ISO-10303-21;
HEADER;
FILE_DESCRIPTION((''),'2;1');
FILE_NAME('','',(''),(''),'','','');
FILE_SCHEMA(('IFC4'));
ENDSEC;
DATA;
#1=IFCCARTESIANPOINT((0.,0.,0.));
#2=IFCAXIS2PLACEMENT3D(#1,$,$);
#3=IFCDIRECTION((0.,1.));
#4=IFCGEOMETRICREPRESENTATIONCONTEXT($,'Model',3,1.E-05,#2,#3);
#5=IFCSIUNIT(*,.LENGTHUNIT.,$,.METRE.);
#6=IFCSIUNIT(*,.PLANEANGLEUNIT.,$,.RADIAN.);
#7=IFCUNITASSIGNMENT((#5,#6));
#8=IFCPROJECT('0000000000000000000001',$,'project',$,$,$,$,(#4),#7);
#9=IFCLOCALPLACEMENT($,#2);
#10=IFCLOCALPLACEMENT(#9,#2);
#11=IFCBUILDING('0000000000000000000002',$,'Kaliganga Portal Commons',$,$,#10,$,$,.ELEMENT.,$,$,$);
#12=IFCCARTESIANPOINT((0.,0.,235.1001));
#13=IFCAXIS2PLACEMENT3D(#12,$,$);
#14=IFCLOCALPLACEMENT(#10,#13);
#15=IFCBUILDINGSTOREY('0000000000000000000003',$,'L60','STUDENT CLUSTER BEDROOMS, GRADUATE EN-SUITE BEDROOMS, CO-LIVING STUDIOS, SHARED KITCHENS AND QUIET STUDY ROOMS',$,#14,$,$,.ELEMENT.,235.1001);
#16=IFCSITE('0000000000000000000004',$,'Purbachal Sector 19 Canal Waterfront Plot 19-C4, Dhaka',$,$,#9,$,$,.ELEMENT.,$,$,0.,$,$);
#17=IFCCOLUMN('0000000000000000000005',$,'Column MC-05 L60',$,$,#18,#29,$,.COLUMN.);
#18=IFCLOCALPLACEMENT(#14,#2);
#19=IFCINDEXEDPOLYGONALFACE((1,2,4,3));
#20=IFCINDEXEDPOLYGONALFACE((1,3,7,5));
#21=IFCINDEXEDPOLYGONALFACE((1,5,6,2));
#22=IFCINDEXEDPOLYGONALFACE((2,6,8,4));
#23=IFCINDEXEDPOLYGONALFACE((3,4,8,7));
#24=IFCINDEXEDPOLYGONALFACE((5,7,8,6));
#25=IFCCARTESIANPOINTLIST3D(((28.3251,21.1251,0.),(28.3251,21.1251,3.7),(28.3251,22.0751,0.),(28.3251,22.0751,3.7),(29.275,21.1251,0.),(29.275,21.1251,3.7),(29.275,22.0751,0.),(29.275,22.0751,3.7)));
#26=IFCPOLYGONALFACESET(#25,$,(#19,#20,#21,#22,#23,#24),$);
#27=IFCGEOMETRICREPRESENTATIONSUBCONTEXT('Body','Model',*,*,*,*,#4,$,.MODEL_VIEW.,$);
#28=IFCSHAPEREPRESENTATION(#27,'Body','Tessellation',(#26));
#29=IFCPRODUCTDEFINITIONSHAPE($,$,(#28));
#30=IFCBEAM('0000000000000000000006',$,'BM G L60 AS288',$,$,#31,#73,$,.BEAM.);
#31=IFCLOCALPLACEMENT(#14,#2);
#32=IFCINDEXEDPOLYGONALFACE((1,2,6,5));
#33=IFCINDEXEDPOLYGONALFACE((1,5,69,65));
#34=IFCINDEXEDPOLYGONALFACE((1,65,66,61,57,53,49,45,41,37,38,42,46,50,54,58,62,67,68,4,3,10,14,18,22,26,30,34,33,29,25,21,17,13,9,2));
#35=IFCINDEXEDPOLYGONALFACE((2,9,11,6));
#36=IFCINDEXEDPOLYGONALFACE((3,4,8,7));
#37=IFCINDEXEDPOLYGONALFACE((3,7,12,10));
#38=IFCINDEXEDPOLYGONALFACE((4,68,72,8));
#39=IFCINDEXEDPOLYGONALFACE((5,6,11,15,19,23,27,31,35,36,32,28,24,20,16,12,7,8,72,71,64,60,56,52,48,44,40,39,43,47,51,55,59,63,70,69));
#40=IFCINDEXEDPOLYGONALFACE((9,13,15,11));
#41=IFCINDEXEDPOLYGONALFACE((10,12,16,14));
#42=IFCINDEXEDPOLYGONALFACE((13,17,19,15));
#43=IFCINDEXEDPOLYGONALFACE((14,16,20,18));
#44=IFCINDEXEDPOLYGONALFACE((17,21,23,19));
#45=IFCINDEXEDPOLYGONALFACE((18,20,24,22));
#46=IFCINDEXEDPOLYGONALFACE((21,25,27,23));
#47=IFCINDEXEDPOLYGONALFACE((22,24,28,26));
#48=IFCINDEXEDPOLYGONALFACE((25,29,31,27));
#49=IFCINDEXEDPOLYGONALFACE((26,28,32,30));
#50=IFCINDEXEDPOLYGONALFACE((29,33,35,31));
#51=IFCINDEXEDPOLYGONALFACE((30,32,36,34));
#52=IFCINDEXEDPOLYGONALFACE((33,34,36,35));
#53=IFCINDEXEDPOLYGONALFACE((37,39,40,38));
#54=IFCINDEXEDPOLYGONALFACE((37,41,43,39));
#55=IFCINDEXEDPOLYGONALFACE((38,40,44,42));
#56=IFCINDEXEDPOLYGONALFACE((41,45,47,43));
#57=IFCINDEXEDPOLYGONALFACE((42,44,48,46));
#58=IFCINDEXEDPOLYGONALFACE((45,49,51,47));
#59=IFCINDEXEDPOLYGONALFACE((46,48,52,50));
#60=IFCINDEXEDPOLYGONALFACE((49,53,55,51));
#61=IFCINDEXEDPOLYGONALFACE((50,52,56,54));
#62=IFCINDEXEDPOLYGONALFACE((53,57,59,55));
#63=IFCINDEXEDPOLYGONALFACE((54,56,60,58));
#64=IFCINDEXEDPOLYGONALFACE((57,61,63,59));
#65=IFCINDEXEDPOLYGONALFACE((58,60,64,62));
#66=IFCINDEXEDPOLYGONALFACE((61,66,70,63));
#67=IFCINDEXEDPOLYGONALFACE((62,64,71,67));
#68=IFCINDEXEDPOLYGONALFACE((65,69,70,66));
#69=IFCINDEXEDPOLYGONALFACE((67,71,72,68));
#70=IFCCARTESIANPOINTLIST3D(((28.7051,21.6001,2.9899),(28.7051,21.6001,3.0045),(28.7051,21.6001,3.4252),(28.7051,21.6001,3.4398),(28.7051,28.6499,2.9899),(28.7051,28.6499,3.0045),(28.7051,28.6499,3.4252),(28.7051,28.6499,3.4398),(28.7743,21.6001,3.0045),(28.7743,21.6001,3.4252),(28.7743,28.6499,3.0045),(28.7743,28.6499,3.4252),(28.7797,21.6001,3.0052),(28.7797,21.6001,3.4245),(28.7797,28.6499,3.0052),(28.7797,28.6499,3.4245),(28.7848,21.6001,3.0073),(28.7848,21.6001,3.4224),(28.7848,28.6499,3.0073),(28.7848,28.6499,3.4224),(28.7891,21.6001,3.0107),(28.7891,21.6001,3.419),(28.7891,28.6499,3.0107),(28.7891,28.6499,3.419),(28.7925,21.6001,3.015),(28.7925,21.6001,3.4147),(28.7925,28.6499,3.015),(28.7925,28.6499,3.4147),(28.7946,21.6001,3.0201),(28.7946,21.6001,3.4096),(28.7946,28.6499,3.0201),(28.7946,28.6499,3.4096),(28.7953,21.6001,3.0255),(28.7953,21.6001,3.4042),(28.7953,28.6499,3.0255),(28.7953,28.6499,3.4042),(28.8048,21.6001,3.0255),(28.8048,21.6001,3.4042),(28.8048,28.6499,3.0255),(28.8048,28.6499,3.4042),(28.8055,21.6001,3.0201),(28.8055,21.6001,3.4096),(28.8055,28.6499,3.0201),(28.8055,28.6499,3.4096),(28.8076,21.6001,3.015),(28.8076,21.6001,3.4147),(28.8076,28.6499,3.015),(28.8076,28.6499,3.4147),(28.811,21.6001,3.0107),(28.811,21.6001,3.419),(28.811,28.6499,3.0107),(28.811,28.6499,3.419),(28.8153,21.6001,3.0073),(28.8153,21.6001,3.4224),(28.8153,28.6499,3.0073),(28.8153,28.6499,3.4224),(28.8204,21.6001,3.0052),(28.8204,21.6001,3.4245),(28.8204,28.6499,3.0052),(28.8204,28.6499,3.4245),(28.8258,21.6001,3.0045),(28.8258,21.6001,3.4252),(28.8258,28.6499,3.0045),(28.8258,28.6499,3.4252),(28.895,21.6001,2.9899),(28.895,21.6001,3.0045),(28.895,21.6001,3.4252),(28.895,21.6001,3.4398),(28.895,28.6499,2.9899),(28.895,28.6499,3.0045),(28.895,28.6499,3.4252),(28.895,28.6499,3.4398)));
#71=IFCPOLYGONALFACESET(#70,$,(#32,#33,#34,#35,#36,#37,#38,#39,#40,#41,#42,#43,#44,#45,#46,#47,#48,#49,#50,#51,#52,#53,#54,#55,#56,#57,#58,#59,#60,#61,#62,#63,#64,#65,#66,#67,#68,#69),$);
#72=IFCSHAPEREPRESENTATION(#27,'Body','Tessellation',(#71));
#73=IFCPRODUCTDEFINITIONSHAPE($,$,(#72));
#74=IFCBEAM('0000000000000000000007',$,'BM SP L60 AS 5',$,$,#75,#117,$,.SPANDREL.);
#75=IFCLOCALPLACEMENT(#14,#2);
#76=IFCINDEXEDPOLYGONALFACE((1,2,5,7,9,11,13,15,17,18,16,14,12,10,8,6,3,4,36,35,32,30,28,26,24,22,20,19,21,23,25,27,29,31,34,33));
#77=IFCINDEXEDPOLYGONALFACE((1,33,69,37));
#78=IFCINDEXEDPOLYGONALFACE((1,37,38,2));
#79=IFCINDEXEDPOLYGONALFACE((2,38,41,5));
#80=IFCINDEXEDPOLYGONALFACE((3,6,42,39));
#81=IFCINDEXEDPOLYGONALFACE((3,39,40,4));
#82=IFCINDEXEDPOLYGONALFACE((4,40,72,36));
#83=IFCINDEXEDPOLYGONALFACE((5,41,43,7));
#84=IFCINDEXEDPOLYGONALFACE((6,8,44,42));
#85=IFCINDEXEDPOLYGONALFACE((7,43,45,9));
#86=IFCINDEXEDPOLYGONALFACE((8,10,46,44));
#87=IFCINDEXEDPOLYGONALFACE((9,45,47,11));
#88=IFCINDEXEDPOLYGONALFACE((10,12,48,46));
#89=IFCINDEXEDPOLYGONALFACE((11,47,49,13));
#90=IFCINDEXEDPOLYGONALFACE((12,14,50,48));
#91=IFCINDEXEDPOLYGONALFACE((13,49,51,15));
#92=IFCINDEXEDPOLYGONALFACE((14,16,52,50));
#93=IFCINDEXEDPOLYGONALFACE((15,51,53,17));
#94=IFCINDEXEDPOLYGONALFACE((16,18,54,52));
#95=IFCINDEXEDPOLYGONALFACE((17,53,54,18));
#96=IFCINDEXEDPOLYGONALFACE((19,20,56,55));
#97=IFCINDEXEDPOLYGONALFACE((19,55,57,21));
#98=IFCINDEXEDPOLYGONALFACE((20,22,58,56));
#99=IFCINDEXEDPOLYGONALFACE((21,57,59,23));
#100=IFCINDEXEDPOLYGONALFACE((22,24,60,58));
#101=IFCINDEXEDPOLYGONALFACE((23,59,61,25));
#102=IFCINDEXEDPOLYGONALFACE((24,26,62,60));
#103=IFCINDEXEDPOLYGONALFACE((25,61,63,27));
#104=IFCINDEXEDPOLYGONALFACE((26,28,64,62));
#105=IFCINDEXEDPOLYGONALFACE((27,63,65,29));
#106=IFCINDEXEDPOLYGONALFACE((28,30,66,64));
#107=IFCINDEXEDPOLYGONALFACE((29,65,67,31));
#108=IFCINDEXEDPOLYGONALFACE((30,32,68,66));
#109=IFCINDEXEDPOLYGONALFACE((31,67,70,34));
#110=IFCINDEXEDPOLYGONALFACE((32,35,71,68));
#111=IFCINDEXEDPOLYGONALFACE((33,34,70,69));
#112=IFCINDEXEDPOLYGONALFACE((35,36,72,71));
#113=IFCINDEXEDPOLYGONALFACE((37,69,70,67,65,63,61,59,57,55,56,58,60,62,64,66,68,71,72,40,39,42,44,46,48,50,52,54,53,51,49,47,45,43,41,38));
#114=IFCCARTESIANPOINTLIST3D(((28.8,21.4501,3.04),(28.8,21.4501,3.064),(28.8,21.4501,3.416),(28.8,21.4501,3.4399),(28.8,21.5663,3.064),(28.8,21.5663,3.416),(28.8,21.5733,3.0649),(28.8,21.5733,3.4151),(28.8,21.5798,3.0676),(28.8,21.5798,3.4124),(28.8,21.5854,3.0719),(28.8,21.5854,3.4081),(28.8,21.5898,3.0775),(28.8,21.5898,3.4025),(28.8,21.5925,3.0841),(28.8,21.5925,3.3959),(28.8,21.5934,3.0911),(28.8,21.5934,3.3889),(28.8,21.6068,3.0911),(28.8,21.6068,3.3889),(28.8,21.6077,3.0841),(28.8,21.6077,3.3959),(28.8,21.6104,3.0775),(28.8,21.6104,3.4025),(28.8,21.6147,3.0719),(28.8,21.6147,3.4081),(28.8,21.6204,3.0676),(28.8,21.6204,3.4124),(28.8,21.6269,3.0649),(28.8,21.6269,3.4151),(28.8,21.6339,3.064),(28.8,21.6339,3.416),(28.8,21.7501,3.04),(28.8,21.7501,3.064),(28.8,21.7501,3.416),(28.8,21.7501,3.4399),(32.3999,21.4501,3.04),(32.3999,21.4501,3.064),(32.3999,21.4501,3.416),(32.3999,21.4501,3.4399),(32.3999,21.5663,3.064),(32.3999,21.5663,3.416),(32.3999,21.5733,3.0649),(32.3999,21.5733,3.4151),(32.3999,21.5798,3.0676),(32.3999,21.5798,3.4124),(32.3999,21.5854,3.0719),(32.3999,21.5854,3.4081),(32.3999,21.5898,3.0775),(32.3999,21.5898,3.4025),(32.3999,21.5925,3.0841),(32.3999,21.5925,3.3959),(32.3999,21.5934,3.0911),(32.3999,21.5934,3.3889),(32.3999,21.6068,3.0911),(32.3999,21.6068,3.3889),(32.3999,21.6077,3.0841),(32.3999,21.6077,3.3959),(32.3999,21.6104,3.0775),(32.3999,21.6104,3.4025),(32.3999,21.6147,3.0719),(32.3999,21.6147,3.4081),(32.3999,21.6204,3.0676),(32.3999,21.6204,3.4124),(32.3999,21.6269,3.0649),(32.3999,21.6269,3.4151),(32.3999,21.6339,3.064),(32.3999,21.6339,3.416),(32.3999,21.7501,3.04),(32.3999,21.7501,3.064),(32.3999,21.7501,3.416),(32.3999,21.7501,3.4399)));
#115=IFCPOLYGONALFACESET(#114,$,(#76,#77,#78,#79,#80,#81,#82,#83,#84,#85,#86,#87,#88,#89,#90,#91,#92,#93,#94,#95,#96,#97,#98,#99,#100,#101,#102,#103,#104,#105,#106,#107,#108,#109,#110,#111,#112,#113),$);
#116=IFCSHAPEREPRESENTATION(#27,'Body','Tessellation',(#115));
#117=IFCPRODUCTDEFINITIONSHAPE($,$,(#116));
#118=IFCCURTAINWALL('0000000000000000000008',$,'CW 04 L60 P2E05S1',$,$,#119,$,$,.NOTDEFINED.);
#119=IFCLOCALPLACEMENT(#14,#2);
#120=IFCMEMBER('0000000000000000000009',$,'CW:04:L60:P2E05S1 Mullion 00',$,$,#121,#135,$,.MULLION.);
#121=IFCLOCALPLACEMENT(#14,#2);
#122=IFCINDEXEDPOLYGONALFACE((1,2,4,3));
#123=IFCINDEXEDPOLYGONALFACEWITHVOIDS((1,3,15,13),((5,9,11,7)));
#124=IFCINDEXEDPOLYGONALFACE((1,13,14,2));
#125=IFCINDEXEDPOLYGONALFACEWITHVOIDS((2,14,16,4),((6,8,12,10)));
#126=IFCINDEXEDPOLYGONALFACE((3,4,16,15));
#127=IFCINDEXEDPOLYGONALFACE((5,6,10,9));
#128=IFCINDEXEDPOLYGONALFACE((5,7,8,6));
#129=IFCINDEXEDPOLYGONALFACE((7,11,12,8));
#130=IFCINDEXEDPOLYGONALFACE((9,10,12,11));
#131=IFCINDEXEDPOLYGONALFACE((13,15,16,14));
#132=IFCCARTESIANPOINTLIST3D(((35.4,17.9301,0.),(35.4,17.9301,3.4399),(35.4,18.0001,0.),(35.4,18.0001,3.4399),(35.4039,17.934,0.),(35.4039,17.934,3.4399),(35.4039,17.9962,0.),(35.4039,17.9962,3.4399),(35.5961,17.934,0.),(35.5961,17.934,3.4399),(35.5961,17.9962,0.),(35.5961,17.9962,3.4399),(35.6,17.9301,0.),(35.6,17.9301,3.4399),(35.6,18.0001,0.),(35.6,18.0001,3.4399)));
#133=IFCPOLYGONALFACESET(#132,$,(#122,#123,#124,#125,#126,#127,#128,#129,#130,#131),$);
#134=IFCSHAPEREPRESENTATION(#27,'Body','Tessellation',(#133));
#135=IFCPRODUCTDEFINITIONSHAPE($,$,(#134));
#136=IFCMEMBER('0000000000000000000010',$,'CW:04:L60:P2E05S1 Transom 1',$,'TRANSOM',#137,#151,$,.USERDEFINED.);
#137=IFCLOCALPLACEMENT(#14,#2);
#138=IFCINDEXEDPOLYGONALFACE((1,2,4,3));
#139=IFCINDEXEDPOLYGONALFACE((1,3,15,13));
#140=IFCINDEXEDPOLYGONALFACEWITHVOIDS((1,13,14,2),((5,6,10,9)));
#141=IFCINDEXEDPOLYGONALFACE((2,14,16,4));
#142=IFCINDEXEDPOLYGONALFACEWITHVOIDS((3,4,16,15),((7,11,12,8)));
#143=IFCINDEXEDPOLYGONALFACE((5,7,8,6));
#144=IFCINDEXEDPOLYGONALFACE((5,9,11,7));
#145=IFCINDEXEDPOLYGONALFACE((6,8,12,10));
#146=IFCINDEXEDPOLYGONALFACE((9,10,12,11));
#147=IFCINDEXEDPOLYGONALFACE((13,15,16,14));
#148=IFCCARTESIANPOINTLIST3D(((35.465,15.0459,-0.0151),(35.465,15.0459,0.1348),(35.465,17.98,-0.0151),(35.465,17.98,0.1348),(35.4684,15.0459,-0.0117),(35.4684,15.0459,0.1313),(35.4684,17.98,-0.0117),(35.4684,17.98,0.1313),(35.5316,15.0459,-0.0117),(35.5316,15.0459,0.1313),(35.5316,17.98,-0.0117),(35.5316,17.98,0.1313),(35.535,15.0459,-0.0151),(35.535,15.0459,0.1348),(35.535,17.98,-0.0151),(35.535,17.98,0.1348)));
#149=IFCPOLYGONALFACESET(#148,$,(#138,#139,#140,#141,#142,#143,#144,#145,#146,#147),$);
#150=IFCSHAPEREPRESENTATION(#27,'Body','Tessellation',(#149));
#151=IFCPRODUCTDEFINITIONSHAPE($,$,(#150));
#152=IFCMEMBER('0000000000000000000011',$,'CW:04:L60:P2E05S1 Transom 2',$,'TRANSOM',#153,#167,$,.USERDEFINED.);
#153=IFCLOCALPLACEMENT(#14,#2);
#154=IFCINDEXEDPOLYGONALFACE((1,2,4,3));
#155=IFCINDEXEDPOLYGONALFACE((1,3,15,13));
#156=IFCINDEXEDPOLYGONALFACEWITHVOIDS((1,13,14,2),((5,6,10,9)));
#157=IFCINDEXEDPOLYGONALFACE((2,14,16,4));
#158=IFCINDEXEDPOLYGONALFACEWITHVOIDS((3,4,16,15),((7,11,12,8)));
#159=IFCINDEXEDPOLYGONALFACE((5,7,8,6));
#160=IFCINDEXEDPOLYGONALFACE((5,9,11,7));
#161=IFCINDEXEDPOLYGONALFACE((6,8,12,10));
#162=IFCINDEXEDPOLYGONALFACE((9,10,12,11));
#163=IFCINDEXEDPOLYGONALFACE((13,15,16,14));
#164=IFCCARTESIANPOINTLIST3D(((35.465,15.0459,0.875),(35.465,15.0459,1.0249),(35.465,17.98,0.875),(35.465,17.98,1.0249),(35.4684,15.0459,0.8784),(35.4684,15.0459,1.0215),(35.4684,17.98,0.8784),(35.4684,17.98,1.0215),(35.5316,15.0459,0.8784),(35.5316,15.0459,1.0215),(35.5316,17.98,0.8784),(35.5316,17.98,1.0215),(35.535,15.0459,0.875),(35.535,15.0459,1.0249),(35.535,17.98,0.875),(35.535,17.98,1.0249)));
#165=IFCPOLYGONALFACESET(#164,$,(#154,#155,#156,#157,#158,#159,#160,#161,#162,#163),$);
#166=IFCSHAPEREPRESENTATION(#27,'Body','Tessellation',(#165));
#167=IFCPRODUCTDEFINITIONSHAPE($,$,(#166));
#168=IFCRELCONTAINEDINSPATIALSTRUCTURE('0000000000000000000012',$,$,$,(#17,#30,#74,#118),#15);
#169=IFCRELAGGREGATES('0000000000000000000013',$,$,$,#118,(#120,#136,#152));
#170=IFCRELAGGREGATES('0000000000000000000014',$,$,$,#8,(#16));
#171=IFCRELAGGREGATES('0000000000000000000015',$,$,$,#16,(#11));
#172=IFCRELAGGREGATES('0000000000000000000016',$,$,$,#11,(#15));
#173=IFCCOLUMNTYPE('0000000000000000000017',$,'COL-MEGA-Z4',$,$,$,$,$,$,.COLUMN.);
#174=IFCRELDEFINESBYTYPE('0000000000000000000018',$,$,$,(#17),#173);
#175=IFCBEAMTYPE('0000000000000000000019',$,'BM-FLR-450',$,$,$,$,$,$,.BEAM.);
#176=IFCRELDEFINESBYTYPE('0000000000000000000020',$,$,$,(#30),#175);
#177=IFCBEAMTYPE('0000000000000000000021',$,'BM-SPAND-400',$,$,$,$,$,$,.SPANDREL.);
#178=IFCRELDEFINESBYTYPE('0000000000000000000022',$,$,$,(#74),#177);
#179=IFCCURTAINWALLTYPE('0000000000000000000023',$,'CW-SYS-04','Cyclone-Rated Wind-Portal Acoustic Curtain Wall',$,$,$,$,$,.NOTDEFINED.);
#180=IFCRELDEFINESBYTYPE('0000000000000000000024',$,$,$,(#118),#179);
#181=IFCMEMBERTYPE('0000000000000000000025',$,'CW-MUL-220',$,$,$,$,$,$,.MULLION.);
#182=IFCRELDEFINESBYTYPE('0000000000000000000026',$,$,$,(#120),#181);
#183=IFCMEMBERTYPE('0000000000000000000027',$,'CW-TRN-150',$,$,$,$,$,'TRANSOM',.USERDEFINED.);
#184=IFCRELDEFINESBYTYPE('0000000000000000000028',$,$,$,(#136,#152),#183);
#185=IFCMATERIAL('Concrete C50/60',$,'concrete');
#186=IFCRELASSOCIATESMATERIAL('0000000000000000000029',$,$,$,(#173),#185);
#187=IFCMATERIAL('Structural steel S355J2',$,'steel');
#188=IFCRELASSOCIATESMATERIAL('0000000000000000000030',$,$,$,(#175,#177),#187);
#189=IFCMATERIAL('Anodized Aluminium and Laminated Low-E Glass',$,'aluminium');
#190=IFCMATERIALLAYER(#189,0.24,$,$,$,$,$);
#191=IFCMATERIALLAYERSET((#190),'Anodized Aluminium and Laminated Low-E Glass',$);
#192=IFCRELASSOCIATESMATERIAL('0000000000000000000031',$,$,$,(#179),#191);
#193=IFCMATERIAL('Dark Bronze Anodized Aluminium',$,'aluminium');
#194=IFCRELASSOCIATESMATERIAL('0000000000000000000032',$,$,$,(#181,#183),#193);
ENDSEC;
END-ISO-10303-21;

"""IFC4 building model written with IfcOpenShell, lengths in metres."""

from ifc_helpers import new_model, si_unit, direction, frame, origin, origin_2d, place, context, subcontext, project, spatial, rectangle, hollow_rectangle, i_section, extrude, source, transform, mapped, material, layer, layer_set, material_profile, profile_set, type_object, element, aggregate, save


model = new_model("IFC4")

# Units and contexts
model_context = context("Model", 3, precision=1e-05, world=origin(), true_north=direction((0.0, 1.0)))
body_context = subcontext(model_context, "Body", "Model", "MODEL_VIEW")
ifc_project = project(units=[si_unit("LENGTHUNIT", "METRE"), si_unit("PLANEANGLEUNIT", "RADIAN")], contexts=[model_context])

# Site, building, storey
site_placement = place(None, origin())
site = spatial("IfcSite", under=ifc_project, at=site_placement, Name="Purbachal Sector 19 Canal Waterfront Plot 19-C4, Dhaka", CompositionType="ELEMENT", RefElevation=0.0)
building_placement = place(site_placement, origin())
building = spatial("IfcBuilding", under=site, at=building_placement, Name="Kaliganga Portal Commons", CompositionType="ELEMENT")
storey_placement = place(building_placement, frame((0.0, 0.0, 235.1001)))
storey = spatial("IfcBuildingStorey", under=building, at=storey_placement, Name="L60", Description="STUDENT CLUSTER BEDROOMS, GRADUATE EN-SUITE BEDROOMS, CO-LIVING STUDIOS, SHARED KITCHENS AND QUIET STUDY ROOMS", CompositionType="ELEMENT", Elevation=235.1001)

# Column
ifc_material_1 = material(Name="Concrete C50/60", Category="concrete")
ifc_material_profile_1 = material_profile(ifc_material_1, rectangle(XDim=0.95, YDim=0.95, at=origin_2d()), Name="RC 950x950")
ifc_profile_set_1 = profile_set([ifc_material_profile_1], Name="Concrete C50/60")
column_type = type_object("IfcColumnType", Name="COL-MEGA-Z4", PredefinedType="COLUMN", material=ifc_profile_set_1)
shared_shape_1 = source(origin(), body_context, "Body", "SweptSolid", [
    extrude(rectangle(XDim=0.95, YDim=0.95, at=origin_2d()), origin(), (0.0, 0.0, 1.0), 3.7),
])
column_placement = place(storey_placement, frame((28.8, 21.6001, 0.0), z_axis=(0.0, 0.0, 1.0), x_axis=(1.0, 0.0, 0.0)))
element("IfcColumn", 1, at=column_placement, inside=storey, type_object=column_type, Name="Column MC-05 L60", PredefinedType="COLUMN", context=body_context, shape_type="MappedRepresentation", body=[
    mapped(shared_shape_1, transform((0.0, 0.0, 0.0), x_axis=(1.0, 0.0, 0.0), y_axis=(0.0, 1.0, 0.0), z_axis=(0.0, 0.0, 1.0), scale=1.0)),
])

# Beams
ifc_material_2 = material(Name="Structural steel S355J2", Category="steel")
ifc_material_profile_2 = material_profile(ifc_material_2, i_section(OverallWidth=0.1899, OverallDepth=0.45, WebThickness=0.0095, FlangeThickness=0.0146, FilletRadius=0.021, at=origin_2d()), Name="IPE 450")
ifc_profile_set_2 = profile_set([ifc_material_profile_2], Name="Structural steel S355J2 wide-flange")
beam_type_1 = type_object("IfcBeamType", Name="BM-FLR-450", PredefinedType="BEAM", material=ifc_profile_set_2)
shared_shape_2 = source(origin(), body_context, "Body", "SweptSolid", [
    extrude(i_section(OverallWidth=0.1899, OverallDepth=0.45, WebThickness=0.0095, FlangeThickness=0.0146, FilletRadius=0.021, at=origin_2d()), origin(), (0.0, 0.0, 1.0), 7.0498),
])
beam_1_placement = place(storey_placement, frame((28.8, 21.6001, 3.2148), z_axis=(0.0, 1.0, 0.0), x_axis=(-1.0, 0.0, 0.0)))
element("IfcBeam", 2, at=beam_1_placement, inside=storey, type_object=beam_type_1, Name="BM G L60 AS288", PredefinedType="BEAM", context=body_context, shape_type="MappedRepresentation", body=[
    mapped(shared_shape_2, transform((0.0, 0.0, 0.0), x_axis=(1.0, 0.0, 0.0), y_axis=(0.0, 1.0, 0.0), z_axis=(0.0, 0.0, 1.0), scale=1.0)),
])
ifc_material_profile_3 = material_profile(ifc_material_2, i_section(OverallWidth=0.3, OverallDepth=0.3999, WebThickness=0.0134, FlangeThickness=0.0239, FilletRadius=0.0271, at=origin_2d()), Name="HE 400 B")
ifc_profile_set_3 = profile_set([ifc_material_profile_3], Name="Structural steel S355J2 wide-flange")
beam_type_2 = type_object("IfcBeamType", Name="BM-SPAND-400", PredefinedType="SPANDREL", material=ifc_profile_set_3)
shared_shape_3 = source(origin(), body_context, "Body", "SweptSolid", [
    extrude(i_section(OverallWidth=0.3, OverallDepth=0.3999, WebThickness=0.0134, FlangeThickness=0.0239, FilletRadius=0.0271, at=origin_2d()), origin(), (0.0, 0.0, 1.0), 3.5999),
])
beam_2_placement = place(storey_placement, frame((28.8, 21.6001, 3.24), z_axis=(1.0, 0.0, 0.0), x_axis=(0.0, 1.0, 0.0)))
element("IfcBeam", 3, at=beam_2_placement, inside=storey, type_object=beam_type_2, Name="BM SP L60 AS 5", PredefinedType="SPANDREL", context=body_context, shape_type="MappedRepresentation", body=[
    mapped(shared_shape_3, transform((0.0, 0.0, 0.0), x_axis=(1.0, 0.0, 0.0), y_axis=(0.0, 1.0, 0.0), z_axis=(0.0, 0.0, 1.0), scale=1.0)),
])

# Curtain wall, members
ifc_material_3 = material(Name="Anodized Aluminium and Laminated Low-E Glass", Category="aluminium")
ifc_layer_1 = layer(ifc_material_3, 0.24)
ifc_layer_set_1 = layer_set([ifc_layer_1], Name="Anodized Aluminium and Laminated Low-E Glass")
curtain_wall_type = type_object("IfcCurtainWallType", Name="CW-SYS-04", Description="Cyclone-Rated Wind-Portal Acoustic Curtain Wall", PredefinedType="NOTDEFINED", material=ifc_layer_set_1)
curtain_wall_placement = place(storey_placement, origin())
curtain_wall = element("IfcCurtainWall", 4, at=curtain_wall_placement, inside=storey, type_object=curtain_wall_type, Name="CW 04 L60 P2E05S1", PredefinedType="NOTDEFINED")
ifc_material_4 = material(Name="Dark Bronze Anodized Aluminium", Category="aluminium")
ifc_material_profile_4 = material_profile(ifc_material_4, hollow_rectangle(XDim=0.0701, YDim=0.2, WallThickness=0.0039, at=origin_2d()), Name="ALU MULL 70x200x4")
ifc_profile_set_4 = profile_set([ifc_material_profile_4], Name="Dark Bronze Anodized Aluminium")
member_type_1 = type_object("IfcMemberType", Name="CW-MUL-220", PredefinedType="MULLION", material=ifc_profile_set_4)
shared_shape_4 = source(origin(), body_context, "Body", "SweptSolid", [
    extrude(hollow_rectangle(XDim=0.0701, YDim=0.2, WallThickness=0.0039, at=origin_2d()), origin(), (0.0, 0.0, 1.0), 3.4399),
])
member_1_placement = place(storey_placement, frame((35.5, 17.9651, 0.0), z_axis=(0.0, 0.0, 1.0), x_axis=(0.0, -1.0, 0.0)))
member_1 = element("IfcMember", 5, at=member_1_placement, type_object=member_type_1, Name="CW:04:L60:P2E05S1 Mullion 00", PredefinedType="MULLION", context=body_context, shape_type="MappedRepresentation", body=[
    mapped(shared_shape_4, transform((0.0, 0.0, 0.0), x_axis=(1.0, 0.0, 0.0), y_axis=(0.0, 1.0, 0.0), z_axis=(0.0, 0.0, 1.0), scale=1.0)),
])
ifc_material_profile_5 = material_profile(ifc_material_4, hollow_rectangle(XDim=0.0701, YDim=0.1499, WallThickness=0.0034, at=origin_2d()), Name="ALU TRAN 70x150x3.5")
ifc_profile_set_5 = profile_set([ifc_material_profile_5], Name="Dark Bronze Anodized Aluminium")
member_type_2 = type_object("IfcMemberType", Name="CW-TRN-150", ElementType="TRANSOM", PredefinedType="USERDEFINED", material=ifc_profile_set_5)
shared_shape_5 = source(origin(), body_context, "Body", "SweptSolid", [
    extrude(hollow_rectangle(XDim=0.0701, YDim=0.1499, WallThickness=0.0034, at=origin_2d()), origin(), (0.0, 0.0, 1.0), 2.9341),
])
member_2_placement = place(storey_placement, frame((35.5, 17.98, 0.0598), z_axis=(0.0, -1.0, 0.0), x_axis=(1.0, 0.0, 0.0)))
member_2 = element("IfcMember", 6, at=member_2_placement, type_object=member_type_2, Name="CW:04:L60:P2E05S1 Transom 1", ObjectType="TRANSOM", PredefinedType="USERDEFINED", context=body_context, shape_type="MappedRepresentation", body=[
    mapped(shared_shape_5, transform((0.0, 0.0, 0.0), x_axis=(1.0, 0.0, 0.0), y_axis=(0.0, 1.0, 0.0), z_axis=(0.0, 0.0, 1.0), scale=1.0)),
])
member_3_placement = place(storey_placement, frame((35.5, 17.98, 0.95), z_axis=(0.0, -1.0, 0.0), x_axis=(1.0, 0.0, 0.0)))
member_3 = element("IfcMember", 7, at=member_3_placement, type_object=member_type_2, Name="CW:04:L60:P2E05S1 Transom 2", ObjectType="TRANSOM", PredefinedType="USERDEFINED", context=body_context, shape_type="MappedRepresentation", body=[
    mapped(shared_shape_5, transform((0.0, 0.0, 0.0), x_axis=(1.0, 0.0, 0.0), y_axis=(0.0, 1.0, 0.0), z_axis=(0.0, 0.0, 1.0), scale=1.0)),
])
aggregate(curtain_wall, [member_1, member_2, member_3])

save(model, "model.ifc")
